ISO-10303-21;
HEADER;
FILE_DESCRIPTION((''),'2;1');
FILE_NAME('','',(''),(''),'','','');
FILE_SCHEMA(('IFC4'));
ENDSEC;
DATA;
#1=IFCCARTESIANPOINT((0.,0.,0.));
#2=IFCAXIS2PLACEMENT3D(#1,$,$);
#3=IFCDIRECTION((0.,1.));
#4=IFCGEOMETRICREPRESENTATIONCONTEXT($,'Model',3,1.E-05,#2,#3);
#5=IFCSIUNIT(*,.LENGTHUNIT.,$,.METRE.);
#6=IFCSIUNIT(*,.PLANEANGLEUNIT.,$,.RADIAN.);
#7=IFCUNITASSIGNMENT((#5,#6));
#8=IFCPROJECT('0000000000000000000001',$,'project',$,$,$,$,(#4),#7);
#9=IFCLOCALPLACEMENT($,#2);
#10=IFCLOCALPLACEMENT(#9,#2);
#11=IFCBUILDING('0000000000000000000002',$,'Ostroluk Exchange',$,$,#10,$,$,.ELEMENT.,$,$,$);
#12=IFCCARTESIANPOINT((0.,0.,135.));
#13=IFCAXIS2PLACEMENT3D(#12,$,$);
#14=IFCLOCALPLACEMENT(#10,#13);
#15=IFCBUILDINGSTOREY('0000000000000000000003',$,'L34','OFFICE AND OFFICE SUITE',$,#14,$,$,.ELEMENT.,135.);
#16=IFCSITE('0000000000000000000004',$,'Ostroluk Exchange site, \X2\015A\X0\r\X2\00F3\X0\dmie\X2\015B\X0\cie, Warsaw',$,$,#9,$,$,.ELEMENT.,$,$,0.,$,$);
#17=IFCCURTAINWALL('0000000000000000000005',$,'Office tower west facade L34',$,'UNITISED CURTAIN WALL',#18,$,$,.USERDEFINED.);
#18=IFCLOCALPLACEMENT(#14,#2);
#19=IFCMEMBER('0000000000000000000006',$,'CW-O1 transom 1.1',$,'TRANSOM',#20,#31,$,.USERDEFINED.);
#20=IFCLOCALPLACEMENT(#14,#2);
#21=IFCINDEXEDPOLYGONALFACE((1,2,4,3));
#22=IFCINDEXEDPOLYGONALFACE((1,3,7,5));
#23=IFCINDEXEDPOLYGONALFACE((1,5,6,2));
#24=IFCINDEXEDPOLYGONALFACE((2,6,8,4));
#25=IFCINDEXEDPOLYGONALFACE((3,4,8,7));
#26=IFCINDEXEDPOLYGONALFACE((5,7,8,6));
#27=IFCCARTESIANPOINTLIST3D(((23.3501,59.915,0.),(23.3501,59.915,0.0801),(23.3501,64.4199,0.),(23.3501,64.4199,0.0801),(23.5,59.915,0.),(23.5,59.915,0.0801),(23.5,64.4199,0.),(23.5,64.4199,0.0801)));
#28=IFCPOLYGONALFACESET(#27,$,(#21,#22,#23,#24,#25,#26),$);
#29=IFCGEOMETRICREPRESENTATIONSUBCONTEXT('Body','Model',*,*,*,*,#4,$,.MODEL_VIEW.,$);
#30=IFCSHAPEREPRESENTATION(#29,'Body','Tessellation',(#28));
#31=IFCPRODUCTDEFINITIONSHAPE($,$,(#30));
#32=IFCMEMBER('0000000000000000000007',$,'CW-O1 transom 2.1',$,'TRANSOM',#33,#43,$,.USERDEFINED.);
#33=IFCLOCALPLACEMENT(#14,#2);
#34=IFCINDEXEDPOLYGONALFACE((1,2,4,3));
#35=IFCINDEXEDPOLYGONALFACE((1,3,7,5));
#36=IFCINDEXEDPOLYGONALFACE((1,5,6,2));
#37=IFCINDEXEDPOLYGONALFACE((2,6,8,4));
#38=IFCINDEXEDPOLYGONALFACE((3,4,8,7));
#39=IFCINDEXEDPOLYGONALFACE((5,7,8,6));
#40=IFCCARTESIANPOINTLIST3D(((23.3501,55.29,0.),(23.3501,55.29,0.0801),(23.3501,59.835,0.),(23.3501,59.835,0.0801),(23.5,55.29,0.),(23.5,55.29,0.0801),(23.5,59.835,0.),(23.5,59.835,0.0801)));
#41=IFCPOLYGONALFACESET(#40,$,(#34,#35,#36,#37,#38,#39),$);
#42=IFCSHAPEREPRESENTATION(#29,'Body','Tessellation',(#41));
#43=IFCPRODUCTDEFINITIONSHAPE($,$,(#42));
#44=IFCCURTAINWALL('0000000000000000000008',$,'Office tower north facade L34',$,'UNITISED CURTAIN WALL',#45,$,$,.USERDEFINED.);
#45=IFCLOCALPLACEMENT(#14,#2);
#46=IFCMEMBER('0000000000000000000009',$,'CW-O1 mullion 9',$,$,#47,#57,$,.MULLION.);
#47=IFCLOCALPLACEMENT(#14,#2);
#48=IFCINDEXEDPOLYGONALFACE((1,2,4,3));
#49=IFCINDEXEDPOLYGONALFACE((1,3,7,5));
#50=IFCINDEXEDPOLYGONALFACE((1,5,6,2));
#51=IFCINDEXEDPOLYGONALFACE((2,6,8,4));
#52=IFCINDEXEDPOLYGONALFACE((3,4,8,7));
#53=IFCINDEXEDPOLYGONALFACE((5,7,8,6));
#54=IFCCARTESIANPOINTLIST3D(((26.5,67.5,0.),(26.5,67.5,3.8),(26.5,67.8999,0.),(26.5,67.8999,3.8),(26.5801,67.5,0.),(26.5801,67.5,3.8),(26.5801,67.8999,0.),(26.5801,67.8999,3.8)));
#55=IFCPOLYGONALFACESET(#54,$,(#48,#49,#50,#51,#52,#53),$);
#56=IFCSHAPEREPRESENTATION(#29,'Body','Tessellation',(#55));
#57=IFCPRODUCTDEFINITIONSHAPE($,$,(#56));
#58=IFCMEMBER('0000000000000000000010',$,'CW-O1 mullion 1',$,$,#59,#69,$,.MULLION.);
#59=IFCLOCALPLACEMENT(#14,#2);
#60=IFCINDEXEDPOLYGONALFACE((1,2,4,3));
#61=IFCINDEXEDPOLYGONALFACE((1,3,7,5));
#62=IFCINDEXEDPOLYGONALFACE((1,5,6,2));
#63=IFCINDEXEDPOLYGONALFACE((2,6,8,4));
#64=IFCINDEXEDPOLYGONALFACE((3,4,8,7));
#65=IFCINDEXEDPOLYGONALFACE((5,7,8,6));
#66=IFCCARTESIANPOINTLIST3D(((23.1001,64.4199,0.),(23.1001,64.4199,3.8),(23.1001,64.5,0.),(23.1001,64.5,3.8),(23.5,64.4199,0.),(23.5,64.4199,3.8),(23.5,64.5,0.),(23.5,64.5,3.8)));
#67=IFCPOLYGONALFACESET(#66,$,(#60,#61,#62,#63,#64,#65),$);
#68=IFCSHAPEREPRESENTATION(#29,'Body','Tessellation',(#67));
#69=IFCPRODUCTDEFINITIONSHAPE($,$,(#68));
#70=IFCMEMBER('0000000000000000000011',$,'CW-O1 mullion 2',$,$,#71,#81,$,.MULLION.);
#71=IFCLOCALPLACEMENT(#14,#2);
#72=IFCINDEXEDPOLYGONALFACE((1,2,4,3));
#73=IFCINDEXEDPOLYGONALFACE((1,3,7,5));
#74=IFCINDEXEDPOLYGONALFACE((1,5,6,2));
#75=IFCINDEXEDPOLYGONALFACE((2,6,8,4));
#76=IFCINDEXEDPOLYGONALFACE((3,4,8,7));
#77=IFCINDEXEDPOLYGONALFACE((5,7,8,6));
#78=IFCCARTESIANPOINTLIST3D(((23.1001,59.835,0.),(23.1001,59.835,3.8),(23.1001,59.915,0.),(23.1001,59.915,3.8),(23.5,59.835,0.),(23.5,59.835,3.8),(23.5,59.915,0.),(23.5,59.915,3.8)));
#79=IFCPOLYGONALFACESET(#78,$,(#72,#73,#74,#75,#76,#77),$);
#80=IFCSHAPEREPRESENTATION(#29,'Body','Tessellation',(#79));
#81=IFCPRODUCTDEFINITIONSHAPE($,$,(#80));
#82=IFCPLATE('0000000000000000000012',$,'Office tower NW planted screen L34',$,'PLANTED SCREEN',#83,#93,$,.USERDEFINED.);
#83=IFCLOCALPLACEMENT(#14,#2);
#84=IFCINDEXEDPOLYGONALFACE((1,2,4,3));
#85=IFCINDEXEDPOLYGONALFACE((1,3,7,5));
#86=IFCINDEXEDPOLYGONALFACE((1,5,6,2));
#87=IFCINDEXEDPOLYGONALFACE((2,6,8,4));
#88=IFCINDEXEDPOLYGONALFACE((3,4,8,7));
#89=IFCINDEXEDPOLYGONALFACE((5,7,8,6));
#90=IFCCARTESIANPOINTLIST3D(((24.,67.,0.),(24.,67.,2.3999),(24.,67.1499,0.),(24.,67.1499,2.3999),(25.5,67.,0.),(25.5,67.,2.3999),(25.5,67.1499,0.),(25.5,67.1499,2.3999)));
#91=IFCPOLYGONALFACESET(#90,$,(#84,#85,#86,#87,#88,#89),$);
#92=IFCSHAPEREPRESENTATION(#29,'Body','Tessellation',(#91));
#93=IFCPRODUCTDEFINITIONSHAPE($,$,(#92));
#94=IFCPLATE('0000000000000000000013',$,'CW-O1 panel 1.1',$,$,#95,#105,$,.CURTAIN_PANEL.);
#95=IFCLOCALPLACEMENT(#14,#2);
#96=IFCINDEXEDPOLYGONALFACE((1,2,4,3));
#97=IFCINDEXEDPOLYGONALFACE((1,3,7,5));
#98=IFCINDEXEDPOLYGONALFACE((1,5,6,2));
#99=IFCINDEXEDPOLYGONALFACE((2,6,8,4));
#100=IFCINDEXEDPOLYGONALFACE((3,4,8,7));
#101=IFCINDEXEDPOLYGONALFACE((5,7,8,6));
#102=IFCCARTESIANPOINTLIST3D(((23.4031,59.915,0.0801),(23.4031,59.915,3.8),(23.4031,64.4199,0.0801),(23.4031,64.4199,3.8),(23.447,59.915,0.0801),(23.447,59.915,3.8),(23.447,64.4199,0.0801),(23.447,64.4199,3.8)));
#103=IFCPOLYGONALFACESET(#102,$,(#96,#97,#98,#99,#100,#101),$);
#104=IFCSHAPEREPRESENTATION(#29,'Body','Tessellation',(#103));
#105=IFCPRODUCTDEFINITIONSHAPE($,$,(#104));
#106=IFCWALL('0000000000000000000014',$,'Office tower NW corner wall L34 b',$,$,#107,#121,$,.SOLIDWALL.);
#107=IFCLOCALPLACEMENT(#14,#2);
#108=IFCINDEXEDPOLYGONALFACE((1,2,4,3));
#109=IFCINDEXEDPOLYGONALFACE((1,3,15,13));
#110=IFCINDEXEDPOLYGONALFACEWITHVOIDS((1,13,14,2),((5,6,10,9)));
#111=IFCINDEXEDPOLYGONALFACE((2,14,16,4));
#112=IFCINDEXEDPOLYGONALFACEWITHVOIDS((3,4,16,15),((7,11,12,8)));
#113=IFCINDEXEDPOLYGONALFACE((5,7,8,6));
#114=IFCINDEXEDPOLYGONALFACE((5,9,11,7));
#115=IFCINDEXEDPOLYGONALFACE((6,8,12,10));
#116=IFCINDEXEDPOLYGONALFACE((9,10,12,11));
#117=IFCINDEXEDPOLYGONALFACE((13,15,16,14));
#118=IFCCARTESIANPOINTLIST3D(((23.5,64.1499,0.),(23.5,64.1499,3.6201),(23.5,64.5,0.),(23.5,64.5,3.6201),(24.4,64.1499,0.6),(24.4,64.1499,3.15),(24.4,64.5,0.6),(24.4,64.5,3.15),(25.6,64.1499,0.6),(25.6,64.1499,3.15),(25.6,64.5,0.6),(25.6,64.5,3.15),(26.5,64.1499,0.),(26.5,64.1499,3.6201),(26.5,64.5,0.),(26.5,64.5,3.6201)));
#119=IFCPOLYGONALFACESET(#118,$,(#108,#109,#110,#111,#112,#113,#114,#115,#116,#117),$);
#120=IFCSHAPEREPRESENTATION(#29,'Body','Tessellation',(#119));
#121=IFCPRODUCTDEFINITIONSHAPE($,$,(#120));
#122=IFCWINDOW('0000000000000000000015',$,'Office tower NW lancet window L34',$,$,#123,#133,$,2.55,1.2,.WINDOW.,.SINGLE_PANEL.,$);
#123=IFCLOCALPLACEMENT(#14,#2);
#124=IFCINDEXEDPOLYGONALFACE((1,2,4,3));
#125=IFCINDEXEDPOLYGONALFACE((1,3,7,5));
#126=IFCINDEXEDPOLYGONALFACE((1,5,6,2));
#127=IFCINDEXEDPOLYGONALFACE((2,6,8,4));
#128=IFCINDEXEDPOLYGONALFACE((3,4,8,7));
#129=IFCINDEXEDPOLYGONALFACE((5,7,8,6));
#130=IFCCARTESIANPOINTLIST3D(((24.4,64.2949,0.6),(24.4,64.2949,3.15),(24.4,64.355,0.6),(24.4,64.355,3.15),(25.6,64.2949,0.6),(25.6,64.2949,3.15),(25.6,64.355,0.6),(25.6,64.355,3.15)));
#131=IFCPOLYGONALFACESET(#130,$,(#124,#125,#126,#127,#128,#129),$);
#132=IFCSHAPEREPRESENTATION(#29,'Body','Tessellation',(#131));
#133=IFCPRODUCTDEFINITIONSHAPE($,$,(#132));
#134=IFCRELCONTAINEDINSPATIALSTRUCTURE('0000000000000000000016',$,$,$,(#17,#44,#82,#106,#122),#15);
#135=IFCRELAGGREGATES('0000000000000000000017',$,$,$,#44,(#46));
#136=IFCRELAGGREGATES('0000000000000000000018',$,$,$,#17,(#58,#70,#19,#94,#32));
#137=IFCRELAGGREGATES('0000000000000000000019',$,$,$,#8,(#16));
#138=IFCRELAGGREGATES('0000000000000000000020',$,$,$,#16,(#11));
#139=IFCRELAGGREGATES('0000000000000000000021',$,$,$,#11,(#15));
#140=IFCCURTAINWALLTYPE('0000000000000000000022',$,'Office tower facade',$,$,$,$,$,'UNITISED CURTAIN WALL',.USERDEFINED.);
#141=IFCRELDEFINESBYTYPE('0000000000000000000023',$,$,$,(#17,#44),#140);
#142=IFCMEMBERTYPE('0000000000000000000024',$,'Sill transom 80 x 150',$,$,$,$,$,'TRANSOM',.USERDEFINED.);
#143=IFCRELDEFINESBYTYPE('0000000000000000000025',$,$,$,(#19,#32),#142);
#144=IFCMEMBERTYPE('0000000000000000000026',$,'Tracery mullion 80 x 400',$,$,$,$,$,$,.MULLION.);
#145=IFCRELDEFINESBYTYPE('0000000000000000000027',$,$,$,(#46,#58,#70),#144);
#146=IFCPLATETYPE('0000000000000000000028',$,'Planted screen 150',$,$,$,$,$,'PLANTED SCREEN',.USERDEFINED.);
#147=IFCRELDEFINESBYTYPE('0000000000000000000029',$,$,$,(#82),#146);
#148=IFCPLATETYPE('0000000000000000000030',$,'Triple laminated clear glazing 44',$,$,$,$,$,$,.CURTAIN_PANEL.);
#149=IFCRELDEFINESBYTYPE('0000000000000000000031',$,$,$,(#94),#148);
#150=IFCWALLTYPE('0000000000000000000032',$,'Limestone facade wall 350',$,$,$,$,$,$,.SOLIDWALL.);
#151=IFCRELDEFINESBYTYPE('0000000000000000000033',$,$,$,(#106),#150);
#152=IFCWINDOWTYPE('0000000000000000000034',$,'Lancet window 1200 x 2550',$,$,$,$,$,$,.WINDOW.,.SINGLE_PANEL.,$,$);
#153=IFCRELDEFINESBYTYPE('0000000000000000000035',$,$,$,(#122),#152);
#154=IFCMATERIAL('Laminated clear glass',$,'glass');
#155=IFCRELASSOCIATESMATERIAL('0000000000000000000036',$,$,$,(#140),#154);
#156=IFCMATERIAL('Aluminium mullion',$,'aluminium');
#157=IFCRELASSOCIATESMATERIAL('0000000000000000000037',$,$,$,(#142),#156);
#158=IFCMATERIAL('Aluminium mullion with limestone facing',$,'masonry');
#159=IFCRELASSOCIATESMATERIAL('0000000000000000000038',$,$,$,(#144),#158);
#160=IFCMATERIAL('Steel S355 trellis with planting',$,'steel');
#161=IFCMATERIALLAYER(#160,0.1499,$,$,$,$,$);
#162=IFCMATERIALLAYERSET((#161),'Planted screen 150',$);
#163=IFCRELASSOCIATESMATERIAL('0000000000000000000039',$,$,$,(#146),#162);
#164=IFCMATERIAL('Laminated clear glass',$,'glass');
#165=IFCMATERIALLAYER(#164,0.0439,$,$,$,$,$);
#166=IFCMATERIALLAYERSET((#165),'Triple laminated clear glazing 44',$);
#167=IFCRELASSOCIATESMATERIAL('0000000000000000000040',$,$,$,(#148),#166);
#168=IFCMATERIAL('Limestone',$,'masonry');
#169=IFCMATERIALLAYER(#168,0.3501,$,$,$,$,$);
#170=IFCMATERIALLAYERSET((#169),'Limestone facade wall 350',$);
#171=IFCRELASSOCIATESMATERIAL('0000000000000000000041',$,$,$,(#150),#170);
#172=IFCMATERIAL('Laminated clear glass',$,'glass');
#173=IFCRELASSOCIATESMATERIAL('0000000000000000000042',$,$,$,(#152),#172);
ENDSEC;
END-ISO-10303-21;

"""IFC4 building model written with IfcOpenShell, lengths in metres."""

from ifc_helpers import new_model, si_unit, direction, frame, frame_2d, origin, origin_2d, place, context, subcontext, project, spatial, rectangle, extrude, material, layer, layer_set, material_profile, profile_set, type_object, element, fill, aggregate, save


model = new_model("IFC4")

# Units and contexts
model_context = context("Model", 3, precision=1e-05, world=origin(), true_north=direction((0.0, 1.0)))
body_context = subcontext(model_context, "Body", "Model", "MODEL_VIEW")
ifc_project = project(units=[si_unit("LENGTHUNIT", "METRE"), si_unit("PLANEANGLEUNIT", "RADIAN")], contexts=[model_context])

# Site, building, storey
site_placement = place(None, origin())
site = spatial("IfcSite", under=ifc_project, at=site_placement, Name="Ostroluk Exchange site, Śródmieście, Warsaw", CompositionType="ELEMENT", RefElevation=0.0)
building_placement = place(site_placement, origin())
building = spatial("IfcBuilding", under=site, at=building_placement, Name="Ostroluk Exchange", CompositionType="ELEMENT")
storey_placement = place(building_placement, frame((0.0, 0.0, 135.0)))
storey = spatial("IfcBuildingStorey", under=building, at=storey_placement, Name="L34", Description="OFFICE AND OFFICE SUITE", CompositionType="ELEMENT", Elevation=135.0)

# Curtain wall, members
ifc_material_1 = material(Name="Laminated clear glass", Category="glass")
curtain_wall_type = type_object("IfcCurtainWallType", Name="Office tower facade", ElementType="UNITISED CURTAIN WALL", PredefinedType="USERDEFINED", material=ifc_material_1)
curtain_wall_1_placement = place(storey_placement, origin())
curtain_wall_1 = element("IfcCurtainWall", 1, at=curtain_wall_1_placement, inside=storey, type_object=curtain_wall_type, Name="Office tower west facade L34", ObjectType="UNITISED CURTAIN WALL", PredefinedType="USERDEFINED")
ifc_material_2 = material(Name="Aluminium mullion", Category="aluminium")
ifc_material_profile_1 = material_profile(ifc_material_2, rectangle(XDim=0.1499, YDim=0.0801, at=origin_2d()), Name="Sill transom 80 x 150")
ifc_profile_set_1 = profile_set([ifc_material_profile_1], Name="Aluminium mullion")
member_type_1 = type_object("IfcMemberType", Name="Sill transom 80 x 150", ElementType="TRANSOM", PredefinedType="USERDEFINED", material=ifc_profile_set_1)
member_1_placement = place(storey_placement, frame((23.425, 64.4199, 0.04), z_axis=(0.0, -1.0, 0.0), x_axis=(1.0, 0.0, 0.0)))
member_1 = element("IfcMember", 2, at=member_1_placement, type_object=member_type_1, Name="CW-O1 transom 1.1", ObjectType="TRANSOM", PredefinedType="USERDEFINED", context=body_context, shape_type="SweptSolid", body=[
    extrude(rectangle(XDim=0.1499, YDim=0.0801, at=origin_2d()), origin(), (0.0, 0.0, 1.0), 4.5049),
])
member_2_placement = place(storey_placement, frame((23.425, 59.835, 0.04), z_axis=(0.0, -1.0, 0.0), x_axis=(1.0, 0.0, 0.0)))
member_2 = element("IfcMember", 3, at=member_2_placement, type_object=member_type_1, Name="CW-O1 transom 2.1", ObjectType="TRANSOM", PredefinedType="USERDEFINED", context=body_context, shape_type="SweptSolid", body=[
    extrude(rectangle(XDim=0.1499, YDim=0.0801, at=origin_2d()), origin(), (0.0, 0.0, 1.0), 4.5449),
])

# Curtain wall, member
curtain_wall_2_placement = place(storey_placement, origin())
curtain_wall_2 = element("IfcCurtainWall", 4, at=curtain_wall_2_placement, inside=storey, type_object=curtain_wall_type, Name="Office tower north facade L34", ObjectType="UNITISED CURTAIN WALL", PredefinedType="USERDEFINED")
ifc_material_3 = material(Name="Aluminium mullion with limestone facing", Category="masonry")
ifc_material_profile_2 = material_profile(ifc_material_3, rectangle(XDim=0.3999, YDim=0.0801, at=origin_2d()), Name="Tracery mullion 80 x 400")
ifc_profile_set_2 = profile_set([ifc_material_profile_2], Name="Aluminium mullion with limestone facing")
member_type_2 = type_object("IfcMemberType", Name="Tracery mullion 80 x 400", PredefinedType="MULLION", material=ifc_profile_set_2)
member_3_placement = place(storey_placement, frame((26.54, 67.7, 0.0), z_axis=(0.0, 0.0, 1.0), x_axis=(0.0, -1.0, 0.0)))
member_3 = element("IfcMember", 5, at=member_3_placement, type_object=member_type_2, Name="CW-O1 mullion 9", PredefinedType="MULLION", context=body_context, shape_type="SweptSolid", body=[
    extrude(rectangle(XDim=0.3999, YDim=0.0801, at=origin_2d()), origin(), (0.0, 0.0, 1.0), 3.8),
])
aggregate(curtain_wall_2, [member_3])

# Members
member_4_placement = place(storey_placement, frame((23.3, 64.46, 0.0), z_axis=(0.0, 0.0, 1.0), x_axis=(1.0, 0.0, 0.0)))
member_4 = element("IfcMember", 6, at=member_4_placement, type_object=member_type_2, Name="CW-O1 mullion 1", PredefinedType="MULLION", context=body_context, shape_type="SweptSolid", body=[
    extrude(rectangle(XDim=0.3999, YDim=0.0801, at=origin_2d()), origin(), (0.0, 0.0, 1.0), 3.8),
])
member_5_placement = place(storey_placement, frame((23.3, 59.875, 0.0), z_axis=(0.0, 0.0, 1.0), x_axis=(1.0, 0.0, 0.0)))
member_5 = element("IfcMember", 7, at=member_5_placement, type_object=member_type_2, Name="CW-O1 mullion 2", PredefinedType="MULLION", context=body_context, shape_type="SweptSolid", body=[
    extrude(rectangle(XDim=0.3999, YDim=0.0801, at=origin_2d()), origin(), (0.0, 0.0, 1.0), 3.8),
])

# Plates
ifc_material_4 = material(Name="Steel S355 trellis with planting", Category="steel")
ifc_layer_1 = layer(ifc_material_4, 0.1499)
ifc_layer_set_1 = layer_set([ifc_layer_1], Name="Planted screen 150")
plate_type_1 = type_object("IfcPlateType", Name="Planted screen 150", ElementType="PLANTED SCREEN", PredefinedType="USERDEFINED", material=ifc_layer_set_1)
plate_1_placement = place(storey_placement, frame((24.75, 67.075, 0.0), z_axis=(0.0, 0.0, 1.0), x_axis=(1.0, 0.0, 0.0)))
element("IfcPlate", 8, at=plate_1_placement, inside=storey, type_object=plate_type_1, Name="Office tower NW planted screen L34", ObjectType="PLANTED SCREEN", PredefinedType="USERDEFINED", context=body_context, shape_type="SweptSolid", body=[
    extrude(rectangle(XDim=1.5, YDim=0.1499, at=origin_2d()), origin(), (0.0, 0.0, 1.0), 2.3999),
])
ifc_material_5 = material(Name="Laminated clear glass", Category="glass")
ifc_layer_2 = layer(ifc_material_5, 0.0439)
ifc_layer_set_2 = layer_set([ifc_layer_2], Name="Triple laminated clear glazing 44")
plate_type_2 = type_object("IfcPlateType", Name="Triple laminated clear glazing 44", PredefinedType="CURTAIN_PANEL", material=ifc_layer_set_2)
plate_2_placement = place(storey_placement, frame((23.425, 62.1675, 0.0801), z_axis=(0.0, 0.0, 1.0), x_axis=(0.0, -1.0, 0.0)))
plate_2 = element("IfcPlate", 9, at=plate_2_placement, type_object=plate_type_2, Name="CW-O1 panel 1.1", PredefinedType="CURTAIN_PANEL", context=body_context, shape_type="SweptSolid", body=[
    extrude(rectangle(XDim=4.5049, YDim=0.0439, at=origin_2d()), origin(), (0.0, 0.0, 1.0), 3.72),
])
aggregate(curtain_wall_1, [member_4, member_5, member_1, plate_2, member_2])

# Shared definitions
ifc_material_6 = material(Name="Limestone", Category="masonry")
ifc_layer_3 = layer(ifc_material_6, 0.3501)
ifc_layer_set_3 = layer_set([ifc_layer_3], Name="Limestone facade wall 350")
wall_type_1 = type_object("IfcWallType", Name="Limestone facade wall 350", PredefinedType="SOLIDWALL", material=ifc_layer_set_3)

# Wall, opening, window
wall_1_placement = place(storey_placement, frame((26.5, 64.325, 0.0), z_axis=(0.0, 0.0, 1.0), x_axis=(-1.0, 0.0, 0.0)))
wall_1 = element("IfcWall", 10, at=wall_1_placement, inside=storey, type_object=wall_type_1, Name="Office tower NW corner wall L34 b", PredefinedType="SOLIDWALL", context=body_context, shape_type="SweptSolid", body=[
    extrude(rectangle(XDim=3.0, YDim=0.3501, at=frame_2d((1.5, 0.0))), origin(), (0.0, 0.0, 1.0), 3.6201),
])
opening_1_placement = place(wall_1_placement, frame((0.8999, 0.0, 0.6001)))
opening_1 = element("IfcOpeningElement", 11, at=opening_1_placement, cuts=wall_1, PredefinedType="OPENING", context=body_context, shape_type="SweptSolid", body=[
    extrude(rectangle(XDim=1.2, YDim=2.55, at=frame_2d((0.6001, 1.2749))), frame((0.0, 0.1851, 0.0), z_axis=(0.0, -1.0, 0.0), x_axis=(1.0, 0.0, 0.0)), (0.0, 0.0, 1.0), 0.3701),
])
ifc_material_7 = material(Name="Laminated clear glass", Category="glass")
window_type = type_object("IfcWindowType", Name="Lancet window 1200 x 2550", PartitioningType="SINGLE_PANEL", PredefinedType="WINDOW", material=ifc_material_7)
window_placement = place(opening_1_placement, origin())
window = element("IfcWindow", 12, at=window_placement, inside=storey, type_object=window_type, Name="Office tower NW lancet window L34", OverallHeight=2.55, OverallWidth=1.2, PartitioningType="SINGLE_PANEL", PredefinedType="WINDOW", context=body_context, shape_type="SweptSolid", body=[
    extrude(rectangle(XDim=1.2, YDim=2.55, at=frame_2d((0.6001, 1.2749))), frame((0.0, 0.03, 0.0), z_axis=(0.0, -1.0, 0.0), x_axis=(1.0, 0.0, 0.0)), (0.0, 0.0, 1.0), 0.0601),
])
fill(opening_1, window)

save(model, "model.ifc")
